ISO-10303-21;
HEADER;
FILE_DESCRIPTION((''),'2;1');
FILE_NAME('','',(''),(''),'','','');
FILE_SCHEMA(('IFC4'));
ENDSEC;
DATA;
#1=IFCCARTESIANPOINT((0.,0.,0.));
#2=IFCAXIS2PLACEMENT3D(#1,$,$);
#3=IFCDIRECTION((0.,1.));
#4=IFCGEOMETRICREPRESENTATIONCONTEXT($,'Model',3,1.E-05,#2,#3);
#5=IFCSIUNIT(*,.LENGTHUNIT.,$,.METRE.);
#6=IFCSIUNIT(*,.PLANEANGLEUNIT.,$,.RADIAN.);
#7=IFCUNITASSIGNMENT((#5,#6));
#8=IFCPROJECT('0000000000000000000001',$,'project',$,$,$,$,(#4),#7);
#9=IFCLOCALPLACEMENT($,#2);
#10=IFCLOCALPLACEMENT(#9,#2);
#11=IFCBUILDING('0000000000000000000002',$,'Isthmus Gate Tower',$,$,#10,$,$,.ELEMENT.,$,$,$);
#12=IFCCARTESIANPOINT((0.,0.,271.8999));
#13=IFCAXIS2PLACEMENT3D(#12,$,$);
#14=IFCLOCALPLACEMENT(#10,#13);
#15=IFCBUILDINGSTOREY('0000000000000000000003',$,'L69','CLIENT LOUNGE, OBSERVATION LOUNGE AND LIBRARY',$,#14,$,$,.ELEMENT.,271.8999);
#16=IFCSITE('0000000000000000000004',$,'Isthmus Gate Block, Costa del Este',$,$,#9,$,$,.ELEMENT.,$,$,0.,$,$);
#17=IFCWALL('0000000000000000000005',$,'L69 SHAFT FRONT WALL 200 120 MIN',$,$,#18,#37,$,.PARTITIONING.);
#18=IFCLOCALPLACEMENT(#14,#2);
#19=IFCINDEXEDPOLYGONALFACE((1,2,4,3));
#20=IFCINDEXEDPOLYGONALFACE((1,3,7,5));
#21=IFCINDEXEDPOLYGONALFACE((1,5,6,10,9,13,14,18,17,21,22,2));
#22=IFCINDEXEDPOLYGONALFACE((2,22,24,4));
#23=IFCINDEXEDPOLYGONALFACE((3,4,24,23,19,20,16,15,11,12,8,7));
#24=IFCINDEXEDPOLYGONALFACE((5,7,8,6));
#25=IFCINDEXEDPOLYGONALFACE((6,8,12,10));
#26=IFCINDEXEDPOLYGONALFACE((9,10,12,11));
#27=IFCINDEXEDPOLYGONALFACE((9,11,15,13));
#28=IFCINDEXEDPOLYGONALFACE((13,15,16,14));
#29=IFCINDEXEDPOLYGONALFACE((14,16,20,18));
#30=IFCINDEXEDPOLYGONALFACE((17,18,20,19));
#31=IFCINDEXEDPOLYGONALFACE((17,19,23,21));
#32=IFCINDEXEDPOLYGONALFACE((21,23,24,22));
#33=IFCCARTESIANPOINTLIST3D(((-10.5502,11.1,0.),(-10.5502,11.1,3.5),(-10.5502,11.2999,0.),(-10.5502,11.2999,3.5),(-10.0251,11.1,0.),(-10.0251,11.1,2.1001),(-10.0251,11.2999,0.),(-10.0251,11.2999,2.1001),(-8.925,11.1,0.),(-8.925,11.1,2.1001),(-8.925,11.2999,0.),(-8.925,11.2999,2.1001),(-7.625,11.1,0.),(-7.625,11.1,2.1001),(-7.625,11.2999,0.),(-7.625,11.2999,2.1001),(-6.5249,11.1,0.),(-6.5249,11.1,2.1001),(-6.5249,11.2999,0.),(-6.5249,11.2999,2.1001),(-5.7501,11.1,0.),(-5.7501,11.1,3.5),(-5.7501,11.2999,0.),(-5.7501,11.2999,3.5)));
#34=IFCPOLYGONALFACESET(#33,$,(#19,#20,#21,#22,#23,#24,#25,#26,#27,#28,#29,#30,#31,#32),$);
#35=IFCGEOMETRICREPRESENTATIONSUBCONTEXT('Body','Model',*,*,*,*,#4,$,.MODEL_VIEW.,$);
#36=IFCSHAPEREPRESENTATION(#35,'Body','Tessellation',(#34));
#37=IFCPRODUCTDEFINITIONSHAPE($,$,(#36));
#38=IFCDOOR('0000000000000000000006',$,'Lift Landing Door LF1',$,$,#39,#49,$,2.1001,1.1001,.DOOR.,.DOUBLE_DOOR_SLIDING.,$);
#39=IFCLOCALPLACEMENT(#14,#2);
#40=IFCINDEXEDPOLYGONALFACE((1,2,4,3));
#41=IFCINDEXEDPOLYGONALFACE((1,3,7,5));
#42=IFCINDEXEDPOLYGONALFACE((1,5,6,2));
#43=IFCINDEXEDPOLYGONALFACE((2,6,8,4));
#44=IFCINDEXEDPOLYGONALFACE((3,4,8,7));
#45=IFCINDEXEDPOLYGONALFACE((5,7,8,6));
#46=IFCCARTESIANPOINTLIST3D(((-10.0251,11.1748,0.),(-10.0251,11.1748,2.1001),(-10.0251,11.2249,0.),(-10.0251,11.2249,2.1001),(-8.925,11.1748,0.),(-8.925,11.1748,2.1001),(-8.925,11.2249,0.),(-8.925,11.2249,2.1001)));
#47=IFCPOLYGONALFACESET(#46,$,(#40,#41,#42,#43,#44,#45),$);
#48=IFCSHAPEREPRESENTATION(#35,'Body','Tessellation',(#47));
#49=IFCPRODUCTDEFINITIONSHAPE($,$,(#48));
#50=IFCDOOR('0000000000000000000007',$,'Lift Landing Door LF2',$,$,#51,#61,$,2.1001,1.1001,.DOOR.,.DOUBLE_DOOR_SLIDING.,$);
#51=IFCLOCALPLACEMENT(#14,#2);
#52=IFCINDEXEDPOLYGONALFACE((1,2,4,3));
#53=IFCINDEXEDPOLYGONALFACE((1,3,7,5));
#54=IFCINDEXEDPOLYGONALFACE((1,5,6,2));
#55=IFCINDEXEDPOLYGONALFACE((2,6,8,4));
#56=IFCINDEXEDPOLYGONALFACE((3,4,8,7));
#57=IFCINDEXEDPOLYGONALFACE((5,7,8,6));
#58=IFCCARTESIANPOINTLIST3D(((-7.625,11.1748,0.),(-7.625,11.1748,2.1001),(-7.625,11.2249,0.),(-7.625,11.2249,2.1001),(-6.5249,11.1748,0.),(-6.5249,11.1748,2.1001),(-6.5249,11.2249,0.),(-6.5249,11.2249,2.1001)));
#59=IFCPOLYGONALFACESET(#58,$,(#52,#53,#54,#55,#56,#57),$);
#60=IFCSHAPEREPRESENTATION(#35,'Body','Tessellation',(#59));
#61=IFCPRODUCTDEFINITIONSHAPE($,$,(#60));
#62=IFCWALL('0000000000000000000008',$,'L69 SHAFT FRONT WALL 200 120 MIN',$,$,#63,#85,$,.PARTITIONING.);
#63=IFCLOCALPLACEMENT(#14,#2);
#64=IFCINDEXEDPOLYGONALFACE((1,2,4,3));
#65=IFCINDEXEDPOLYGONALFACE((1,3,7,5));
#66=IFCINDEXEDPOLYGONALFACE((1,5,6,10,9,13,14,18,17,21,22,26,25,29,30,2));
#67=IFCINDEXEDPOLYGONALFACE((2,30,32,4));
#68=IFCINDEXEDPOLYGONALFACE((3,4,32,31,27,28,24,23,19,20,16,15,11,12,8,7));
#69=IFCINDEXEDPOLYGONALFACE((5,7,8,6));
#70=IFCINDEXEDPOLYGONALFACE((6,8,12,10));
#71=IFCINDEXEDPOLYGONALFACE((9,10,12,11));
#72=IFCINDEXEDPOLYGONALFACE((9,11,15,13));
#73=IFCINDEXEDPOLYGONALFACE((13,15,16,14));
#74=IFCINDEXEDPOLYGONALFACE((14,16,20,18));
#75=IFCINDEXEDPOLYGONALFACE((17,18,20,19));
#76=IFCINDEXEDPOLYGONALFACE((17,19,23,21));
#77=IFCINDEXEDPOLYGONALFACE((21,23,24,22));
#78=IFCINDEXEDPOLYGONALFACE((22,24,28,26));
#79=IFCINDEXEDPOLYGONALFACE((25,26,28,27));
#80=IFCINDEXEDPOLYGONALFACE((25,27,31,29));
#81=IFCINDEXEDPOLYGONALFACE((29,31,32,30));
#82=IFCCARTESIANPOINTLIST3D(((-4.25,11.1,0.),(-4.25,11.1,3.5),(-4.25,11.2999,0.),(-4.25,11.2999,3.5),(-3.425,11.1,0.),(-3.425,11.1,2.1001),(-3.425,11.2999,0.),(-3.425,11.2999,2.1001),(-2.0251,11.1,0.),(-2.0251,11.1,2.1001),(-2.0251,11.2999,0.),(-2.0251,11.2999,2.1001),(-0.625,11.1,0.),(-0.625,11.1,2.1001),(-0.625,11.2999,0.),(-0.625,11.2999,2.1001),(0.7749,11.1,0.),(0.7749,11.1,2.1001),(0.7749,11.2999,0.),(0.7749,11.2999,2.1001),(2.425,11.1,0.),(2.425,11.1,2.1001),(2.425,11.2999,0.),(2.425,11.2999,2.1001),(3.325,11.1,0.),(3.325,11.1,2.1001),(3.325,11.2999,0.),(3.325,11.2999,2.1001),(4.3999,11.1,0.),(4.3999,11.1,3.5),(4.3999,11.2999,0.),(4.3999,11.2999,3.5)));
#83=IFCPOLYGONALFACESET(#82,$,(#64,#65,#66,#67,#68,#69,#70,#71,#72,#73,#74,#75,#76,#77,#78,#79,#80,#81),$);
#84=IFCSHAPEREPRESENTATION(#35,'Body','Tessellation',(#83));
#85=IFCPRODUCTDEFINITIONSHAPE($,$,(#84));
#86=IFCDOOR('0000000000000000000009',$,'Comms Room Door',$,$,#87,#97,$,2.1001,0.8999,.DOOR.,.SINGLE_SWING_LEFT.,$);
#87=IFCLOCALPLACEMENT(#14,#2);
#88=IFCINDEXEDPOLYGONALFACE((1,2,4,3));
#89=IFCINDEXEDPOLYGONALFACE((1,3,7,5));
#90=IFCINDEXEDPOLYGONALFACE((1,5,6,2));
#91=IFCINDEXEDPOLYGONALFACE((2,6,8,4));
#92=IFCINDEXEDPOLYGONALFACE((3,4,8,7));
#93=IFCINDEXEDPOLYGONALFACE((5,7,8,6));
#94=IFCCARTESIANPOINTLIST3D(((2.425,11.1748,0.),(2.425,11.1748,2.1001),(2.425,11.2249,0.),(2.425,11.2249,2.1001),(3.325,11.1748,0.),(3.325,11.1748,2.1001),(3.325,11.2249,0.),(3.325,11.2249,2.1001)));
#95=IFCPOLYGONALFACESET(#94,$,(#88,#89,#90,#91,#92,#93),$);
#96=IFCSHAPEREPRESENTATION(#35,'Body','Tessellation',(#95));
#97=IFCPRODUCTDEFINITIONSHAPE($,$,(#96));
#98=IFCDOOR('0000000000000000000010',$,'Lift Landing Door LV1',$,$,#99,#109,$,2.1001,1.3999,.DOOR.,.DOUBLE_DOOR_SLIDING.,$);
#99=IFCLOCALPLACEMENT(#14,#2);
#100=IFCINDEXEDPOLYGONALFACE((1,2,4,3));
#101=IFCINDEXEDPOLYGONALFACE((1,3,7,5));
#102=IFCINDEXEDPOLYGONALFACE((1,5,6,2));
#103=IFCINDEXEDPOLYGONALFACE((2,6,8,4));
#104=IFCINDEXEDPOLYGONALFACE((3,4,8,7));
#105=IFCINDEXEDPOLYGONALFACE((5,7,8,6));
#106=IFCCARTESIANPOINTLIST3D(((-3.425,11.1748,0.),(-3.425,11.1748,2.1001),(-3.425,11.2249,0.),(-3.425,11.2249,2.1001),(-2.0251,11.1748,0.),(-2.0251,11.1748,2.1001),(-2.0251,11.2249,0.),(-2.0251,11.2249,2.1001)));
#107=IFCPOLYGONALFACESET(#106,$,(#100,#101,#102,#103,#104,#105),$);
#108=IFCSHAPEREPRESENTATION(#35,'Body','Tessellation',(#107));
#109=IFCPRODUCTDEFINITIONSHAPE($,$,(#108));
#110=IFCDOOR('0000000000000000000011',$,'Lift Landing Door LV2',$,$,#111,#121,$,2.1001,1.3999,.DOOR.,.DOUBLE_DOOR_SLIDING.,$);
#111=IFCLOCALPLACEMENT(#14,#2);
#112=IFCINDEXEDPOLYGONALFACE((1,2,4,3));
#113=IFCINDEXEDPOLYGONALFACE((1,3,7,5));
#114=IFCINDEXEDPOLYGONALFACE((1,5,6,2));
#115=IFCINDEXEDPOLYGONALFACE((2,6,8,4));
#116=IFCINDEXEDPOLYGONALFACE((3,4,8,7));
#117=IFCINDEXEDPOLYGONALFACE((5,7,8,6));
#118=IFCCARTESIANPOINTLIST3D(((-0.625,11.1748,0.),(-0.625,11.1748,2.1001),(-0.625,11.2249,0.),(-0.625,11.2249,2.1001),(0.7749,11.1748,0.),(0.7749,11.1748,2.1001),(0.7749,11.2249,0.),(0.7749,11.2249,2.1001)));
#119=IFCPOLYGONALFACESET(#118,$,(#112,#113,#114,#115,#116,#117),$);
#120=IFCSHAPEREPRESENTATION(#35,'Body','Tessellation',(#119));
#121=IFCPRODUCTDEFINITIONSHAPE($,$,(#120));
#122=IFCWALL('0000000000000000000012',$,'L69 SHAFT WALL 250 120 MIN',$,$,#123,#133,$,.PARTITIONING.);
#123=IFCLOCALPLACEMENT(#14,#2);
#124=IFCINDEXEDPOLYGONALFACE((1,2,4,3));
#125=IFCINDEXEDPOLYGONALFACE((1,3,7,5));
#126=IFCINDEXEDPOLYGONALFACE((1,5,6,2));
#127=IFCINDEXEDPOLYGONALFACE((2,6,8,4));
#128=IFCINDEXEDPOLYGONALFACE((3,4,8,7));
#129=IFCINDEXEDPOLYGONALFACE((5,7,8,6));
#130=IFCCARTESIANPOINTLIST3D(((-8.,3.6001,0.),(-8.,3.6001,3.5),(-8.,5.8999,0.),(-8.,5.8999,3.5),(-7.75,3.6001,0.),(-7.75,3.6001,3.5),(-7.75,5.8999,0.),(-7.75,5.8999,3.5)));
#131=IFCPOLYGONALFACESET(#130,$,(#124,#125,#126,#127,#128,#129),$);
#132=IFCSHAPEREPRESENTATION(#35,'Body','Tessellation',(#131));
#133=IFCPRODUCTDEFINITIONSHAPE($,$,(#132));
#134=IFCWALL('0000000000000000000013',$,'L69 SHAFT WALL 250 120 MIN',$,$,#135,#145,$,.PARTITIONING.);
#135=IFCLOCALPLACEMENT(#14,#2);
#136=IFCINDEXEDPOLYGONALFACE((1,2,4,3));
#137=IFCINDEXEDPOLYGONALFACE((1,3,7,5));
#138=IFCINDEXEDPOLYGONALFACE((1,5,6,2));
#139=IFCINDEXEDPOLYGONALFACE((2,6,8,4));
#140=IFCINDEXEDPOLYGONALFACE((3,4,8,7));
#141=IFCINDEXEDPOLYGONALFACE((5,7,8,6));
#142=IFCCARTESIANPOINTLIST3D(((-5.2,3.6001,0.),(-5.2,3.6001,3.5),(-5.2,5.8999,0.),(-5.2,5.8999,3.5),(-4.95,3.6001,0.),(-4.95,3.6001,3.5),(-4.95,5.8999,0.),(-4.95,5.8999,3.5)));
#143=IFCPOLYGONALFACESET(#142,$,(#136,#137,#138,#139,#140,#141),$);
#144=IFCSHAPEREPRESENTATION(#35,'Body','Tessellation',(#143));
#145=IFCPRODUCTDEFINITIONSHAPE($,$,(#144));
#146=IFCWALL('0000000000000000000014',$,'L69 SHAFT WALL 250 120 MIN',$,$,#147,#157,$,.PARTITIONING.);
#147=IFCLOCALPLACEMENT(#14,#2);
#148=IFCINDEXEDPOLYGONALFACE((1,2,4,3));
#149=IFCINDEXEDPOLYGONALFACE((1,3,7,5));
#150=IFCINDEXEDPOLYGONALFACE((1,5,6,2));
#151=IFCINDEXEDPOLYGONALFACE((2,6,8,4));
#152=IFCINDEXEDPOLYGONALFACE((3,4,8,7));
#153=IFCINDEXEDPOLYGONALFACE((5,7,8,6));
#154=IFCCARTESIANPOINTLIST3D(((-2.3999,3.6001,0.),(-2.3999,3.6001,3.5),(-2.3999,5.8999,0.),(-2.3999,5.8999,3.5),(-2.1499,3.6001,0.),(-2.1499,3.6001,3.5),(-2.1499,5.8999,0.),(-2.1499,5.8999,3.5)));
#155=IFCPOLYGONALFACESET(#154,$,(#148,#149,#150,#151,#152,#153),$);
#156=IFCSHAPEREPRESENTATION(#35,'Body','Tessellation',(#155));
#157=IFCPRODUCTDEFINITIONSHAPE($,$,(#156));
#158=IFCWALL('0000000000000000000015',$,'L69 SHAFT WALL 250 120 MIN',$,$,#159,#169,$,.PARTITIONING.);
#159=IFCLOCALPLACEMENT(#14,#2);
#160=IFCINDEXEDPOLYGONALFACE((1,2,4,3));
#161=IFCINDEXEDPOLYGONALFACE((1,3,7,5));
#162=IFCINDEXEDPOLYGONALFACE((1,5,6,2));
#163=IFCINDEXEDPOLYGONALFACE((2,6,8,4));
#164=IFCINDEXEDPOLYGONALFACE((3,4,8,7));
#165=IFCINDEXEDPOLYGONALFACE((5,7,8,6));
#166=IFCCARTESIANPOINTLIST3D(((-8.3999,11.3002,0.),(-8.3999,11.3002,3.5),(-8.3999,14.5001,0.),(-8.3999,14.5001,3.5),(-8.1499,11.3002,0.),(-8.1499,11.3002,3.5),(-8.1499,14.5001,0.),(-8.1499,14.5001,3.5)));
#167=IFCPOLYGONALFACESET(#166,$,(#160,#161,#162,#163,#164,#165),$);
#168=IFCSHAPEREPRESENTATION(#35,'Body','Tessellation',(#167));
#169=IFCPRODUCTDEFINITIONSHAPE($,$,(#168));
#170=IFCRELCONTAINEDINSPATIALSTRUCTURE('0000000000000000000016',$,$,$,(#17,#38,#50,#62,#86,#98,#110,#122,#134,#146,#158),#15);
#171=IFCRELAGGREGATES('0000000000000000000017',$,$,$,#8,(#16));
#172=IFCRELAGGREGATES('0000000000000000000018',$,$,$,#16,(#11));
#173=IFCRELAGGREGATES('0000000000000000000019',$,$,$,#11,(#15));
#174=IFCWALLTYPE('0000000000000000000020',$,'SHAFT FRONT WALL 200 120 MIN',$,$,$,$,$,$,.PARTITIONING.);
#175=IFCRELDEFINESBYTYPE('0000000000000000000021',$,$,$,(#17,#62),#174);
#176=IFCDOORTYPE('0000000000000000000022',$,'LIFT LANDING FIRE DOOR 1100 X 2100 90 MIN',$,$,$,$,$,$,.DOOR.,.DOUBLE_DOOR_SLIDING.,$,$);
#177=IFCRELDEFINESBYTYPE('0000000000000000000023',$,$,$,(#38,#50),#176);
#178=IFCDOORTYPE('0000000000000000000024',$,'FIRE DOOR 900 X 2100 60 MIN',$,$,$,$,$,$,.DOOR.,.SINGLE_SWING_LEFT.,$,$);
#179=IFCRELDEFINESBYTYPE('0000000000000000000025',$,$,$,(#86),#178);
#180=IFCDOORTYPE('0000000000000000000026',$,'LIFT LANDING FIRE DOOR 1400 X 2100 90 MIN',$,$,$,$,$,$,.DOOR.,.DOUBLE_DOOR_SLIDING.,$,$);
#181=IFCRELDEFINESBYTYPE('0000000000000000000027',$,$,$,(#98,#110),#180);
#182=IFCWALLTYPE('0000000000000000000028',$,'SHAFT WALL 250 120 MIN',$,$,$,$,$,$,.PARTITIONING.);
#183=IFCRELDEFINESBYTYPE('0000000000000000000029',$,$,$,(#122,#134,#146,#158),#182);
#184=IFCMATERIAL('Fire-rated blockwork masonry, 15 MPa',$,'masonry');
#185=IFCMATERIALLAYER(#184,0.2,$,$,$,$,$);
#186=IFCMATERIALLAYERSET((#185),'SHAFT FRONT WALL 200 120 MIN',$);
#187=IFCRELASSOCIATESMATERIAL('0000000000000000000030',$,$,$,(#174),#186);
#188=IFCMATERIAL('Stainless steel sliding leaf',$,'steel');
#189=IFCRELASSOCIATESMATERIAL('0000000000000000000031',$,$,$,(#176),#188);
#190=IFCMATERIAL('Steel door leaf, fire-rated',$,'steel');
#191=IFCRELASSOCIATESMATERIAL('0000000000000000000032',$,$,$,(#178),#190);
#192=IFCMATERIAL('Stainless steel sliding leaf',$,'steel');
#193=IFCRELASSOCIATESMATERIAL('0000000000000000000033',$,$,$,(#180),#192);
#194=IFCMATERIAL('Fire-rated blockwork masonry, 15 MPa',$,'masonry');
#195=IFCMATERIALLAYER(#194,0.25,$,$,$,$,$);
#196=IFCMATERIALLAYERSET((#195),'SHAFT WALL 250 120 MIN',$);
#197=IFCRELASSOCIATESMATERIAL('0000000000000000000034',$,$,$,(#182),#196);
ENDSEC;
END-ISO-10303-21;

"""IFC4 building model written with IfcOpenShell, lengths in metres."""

from ifc_helpers import new_model, si_unit, direction, frame, frame_2d, origin, place, context, subcontext, project, spatial, rectangle, extrude, material, layer, layer_set, type_object, element, fill, save


model = new_model("IFC4")

# Units and contexts
model_context = context("Model", 3, precision=1e-05, world=origin(), true_north=direction((0.0, 1.0)))
body_context = subcontext(model_context, "Body", "Model", "MODEL_VIEW")
ifc_project = project(units=[si_unit("LENGTHUNIT", "METRE"), si_unit("PLANEANGLEUNIT", "RADIAN")], contexts=[model_context])

# Site, building, storey
site_placement = place(None, origin())
site = spatial("IfcSite", under=ifc_project, at=site_placement, Name="Isthmus Gate Block, Costa del Este", CompositionType="ELEMENT", RefElevation=0.0)
building_placement = place(site_placement, origin())
building = spatial("IfcBuilding", under=site, at=building_placement, Name="Isthmus Gate Tower", CompositionType="ELEMENT")
storey_placement = place(building_placement, frame((0.0, 0.0, 271.8999)))
storey = spatial("IfcBuildingStorey", under=building, at=storey_placement, Name="L69", Description="CLIENT LOUNGE, OBSERVATION LOUNGE AND LIBRARY", CompositionType="ELEMENT", Elevation=271.8999)

# Walls, openings, doors
ifc_material_1 = material(Name="Fire-rated blockwork masonry, 15 MPa", Category="masonry")
ifc_layer_1 = layer(ifc_material_1, 0.2)
ifc_layer_set_1 = layer_set([ifc_layer_1], Name="SHAFT FRONT WALL 200 120 MIN")
wall_type_1 = type_object("IfcWallType", Name="SHAFT FRONT WALL 200 120 MIN", PredefinedType="PARTITIONING", material=ifc_layer_set_1)
wall_1_placement = place(storey_placement, frame((-10.55, 11.2, 0.0), z_axis=(0.0, 0.0, 1.0), x_axis=(1.0, 0.0, 0.0)))
wall_1 = element("IfcWall", 1, at=wall_1_placement, inside=storey, type_object=wall_type_1, Name="L69 SHAFT FRONT WALL 200 120 MIN", PredefinedType="PARTITIONING", context=body_context, shape_type="SweptSolid", body=[
    extrude(rectangle(XDim=4.8, YDim=0.2, at=frame_2d((2.3999, 0.0))), origin(), (0.0, 0.0, 1.0), 3.5),
])
opening_1_placement = place(wall_1_placement, frame((0.5249, 0.0, 0.0)))
opening_1 = element("IfcOpeningElement", 2, at=opening_1_placement, cuts=wall_1, PredefinedType="OPENING", context=body_context, shape_type="SweptSolid", body=[
    extrude(rectangle(XDim=1.1001, YDim=2.1001, at=frame_2d((0.55, 1.05))), frame((0.0, 0.1099, 0.0), z_axis=(0.0, -1.0, 0.0), x_axis=(1.0, 0.0, 0.0)), (0.0, 0.0, 1.0), 0.22),
])
opening_2_placement = place(wall_1_placement, frame((2.925, 0.0, 0.0)))
opening_2 = element("IfcOpeningElement", 3, at=opening_2_placement, cuts=wall_1, PredefinedType="OPENING", context=body_context, shape_type="SweptSolid", body=[
    extrude(rectangle(XDim=1.1001, YDim=2.1001, at=frame_2d((0.55, 1.05))), frame((0.0, 0.1099, 0.0), z_axis=(0.0, -1.0, 0.0), x_axis=(1.0, 0.0, 0.0)), (0.0, 0.0, 1.0), 0.22),
])
ifc_material_2 = material(Name="Stainless steel sliding leaf", Category="steel")
door_type_1 = type_object("IfcDoorType", Name="LIFT LANDING FIRE DOOR 1100 X 2100 90 MIN", OperationType="DOUBLE_DOOR_SLIDING", PredefinedType="DOOR", material=ifc_material_2)
door_1_placement = place(opening_1_placement, origin())
door_1 = element("IfcDoor", 4, at=door_1_placement, inside=storey, type_object=door_type_1, Name="Lift Landing Door LF1", OperationType="DOUBLE_DOOR_SLIDING", OverallHeight=2.1001, OverallWidth=1.1001, PredefinedType="DOOR", context=body_context, shape_type="SweptSolid", body=[
    extrude(rectangle(XDim=1.1001, YDim=2.1001, at=frame_2d((0.55, 1.05))), frame((0.0, 0.0249, 0.0), z_axis=(0.0, -1.0, 0.0), x_axis=(1.0, 0.0, 0.0)), (0.0, 0.0, 1.0), 0.05),
])
fill(opening_1, door_1)
door_2_placement = place(opening_2_placement, origin())
door_2 = element("IfcDoor", 5, at=door_2_placement, inside=storey, type_object=door_type_1, Name="Lift Landing Door LF2", OperationType="DOUBLE_DOOR_SLIDING", OverallHeight=2.1001, OverallWidth=1.1001, PredefinedType="DOOR", context=body_context, shape_type="SweptSolid", body=[
    extrude(rectangle(XDim=1.1001, YDim=2.1001, at=frame_2d((0.55, 1.05))), frame((0.0, 0.0249, 0.0), z_axis=(0.0, -1.0, 0.0), x_axis=(1.0, 0.0, 0.0)), (0.0, 0.0, 1.0), 0.05),
])
fill(opening_2, door_2)
wall_2_placement = place(storey_placement, frame((-4.25, 11.2, 0.0), z_axis=(0.0, 0.0, 1.0), x_axis=(1.0, 0.0, 0.0)))
wall_2 = element("IfcWall", 6, at=wall_2_placement, inside=storey, type_object=wall_type_1, Name="L69 SHAFT FRONT WALL 200 120 MIN", PredefinedType="PARTITIONING", context=body_context, shape_type="SweptSolid", body=[
    extrude(rectangle(XDim=8.6499, YDim=0.2, at=frame_2d((4.325, 0.0))), origin(), (0.0, 0.0, 1.0), 3.5),
])
opening_3_placement = place(wall_2_placement, frame((0.825, 0.0, 0.0)))
opening_3 = element("IfcOpeningElement", 7, at=opening_3_placement, cuts=wall_2, PredefinedType="OPENING", context=body_context, shape_type="SweptSolid", body=[
    extrude(rectangle(XDim=1.3999, YDim=2.1001, at=frame_2d((0.7, 1.05))), frame((0.0, 0.1099, 0.0), z_axis=(0.0, -1.0, 0.0), x_axis=(1.0, 0.0, 0.0)), (0.0, 0.0, 1.0), 0.22),
])
opening_4_placement = place(wall_2_placement, frame((3.625, 0.0, 0.0)))
opening_4 = element("IfcOpeningElement", 8, at=opening_4_placement, cuts=wall_2, PredefinedType="OPENING", context=body_context, shape_type="SweptSolid", body=[
    extrude(rectangle(XDim=1.3999, YDim=2.1001, at=frame_2d((0.7, 1.05))), frame((0.0, 0.1099, 0.0), z_axis=(0.0, -1.0, 0.0), x_axis=(1.0, 0.0, 0.0)), (0.0, 0.0, 1.0), 0.22),
])
opening_5_placement = place(wall_2_placement, frame((6.675, 0.0, 0.0)))
opening_5 = element("IfcOpeningElement", 9, at=opening_5_placement, cuts=wall_2, PredefinedType="OPENING", context=body_context, shape_type="SweptSolid", body=[
    extrude(rectangle(XDim=0.8999, YDim=2.1001, at=frame_2d((0.45, 1.05))), frame((0.0, 0.1099, 0.0), z_axis=(0.0, -1.0, 0.0), x_axis=(1.0, 0.0, 0.0)), (0.0, 0.0, 1.0), 0.22),
])
ifc_material_3 = material(Name="Steel door leaf, fire-rated", Category="steel")
door_type_2 = type_object("IfcDoorType", Name="FIRE DOOR 900 X 2100 60 MIN", OperationType="SINGLE_SWING_LEFT", PredefinedType="DOOR", material=ifc_material_3)
door_3_placement = place(opening_5_placement, origin())
door_3 = element("IfcDoor", 10, at=door_3_placement, inside=storey, type_object=door_type_2, Name="Comms Room Door", OperationType="SINGLE_SWING_LEFT", OverallHeight=2.1001, OverallWidth=0.8999, PredefinedType="DOOR", context=body_context, shape_type="SweptSolid", body=[
    extrude(rectangle(XDim=0.8999, YDim=2.1001, at=frame_2d((0.45, 1.05))), frame((0.0, 0.0249, 0.0), z_axis=(0.0, -1.0, 0.0), x_axis=(1.0, 0.0, 0.0)), (0.0, 0.0, 1.0), 0.05),
])
fill(opening_5, door_3)
ifc_material_4 = material(Name="Stainless steel sliding leaf", Category="steel")
door_type_3 = type_object("IfcDoorType", Name="LIFT LANDING FIRE DOOR 1400 X 2100 90 MIN", OperationType="DOUBLE_DOOR_SLIDING", PredefinedType="DOOR", material=ifc_material_4)
door_4_placement = place(opening_3_placement, origin())
door_4 = element("IfcDoor", 11, at=door_4_placement, inside=storey, type_object=door_type_3, Name="Lift Landing Door LV1", OperationType="DOUBLE_DOOR_SLIDING", OverallHeight=2.1001, OverallWidth=1.3999, PredefinedType="DOOR", context=body_context, shape_type="SweptSolid", body=[
    extrude(rectangle(XDim=1.3999, YDim=2.1001, at=frame_2d((0.7, 1.05))), frame((0.0, 0.0249, 0.0), z_axis=(0.0, -1.0, 0.0), x_axis=(1.0, 0.0, 0.0)), (0.0, 0.0, 1.0), 0.05),
])
fill(opening_3, door_4)
door_5_placement = place(opening_4_placement, origin())
door_5 = element("IfcDoor", 12, at=door_5_placement, inside=storey, type_object=door_type_3, Name="Lift Landing Door LV2", OperationType="DOUBLE_DOOR_SLIDING", OverallHeight=2.1001, OverallWidth=1.3999, PredefinedType="DOOR", context=body_context, shape_type="SweptSolid", body=[
    extrude(rectangle(XDim=1.3999, YDim=2.1001, at=frame_2d((0.7, 1.05))), frame((0.0, 0.0249, 0.0), z_axis=(0.0, -1.0, 0.0), x_axis=(1.0, 0.0, 0.0)), (0.0, 0.0, 1.0), 0.05),
])
fill(opening_4, door_5)

# Walls
ifc_material_5 = material(Name="Fire-rated blockwork masonry, 15 MPa", Category="masonry")
ifc_layer_2 = layer(ifc_material_5, 0.25)
ifc_layer_set_2 = layer_set([ifc_layer_2], Name="SHAFT WALL 250 120 MIN")
wall_type_2 = type_object("IfcWallType", Name="SHAFT WALL 250 120 MIN", PredefinedType="PARTITIONING", material=ifc_layer_set_2)
for number, where, z_axis, x_axis, name in (
    (13, (-7.875, 3.6001, 0.0), (0.0, 0.0, 1.0), (0.0, 1.0, 0.0), "L69 SHAFT WALL 250 120 MIN"),
    (14, (-5.075, 3.6001, 0.0), (0.0, 0.0, 1.0), (0.0, 1.0, 0.0), "L69 SHAFT WALL 250 120 MIN"),
    (15, (-2.2749, 3.6001, 0.0), (0.0, 0.0, 1.0), (0.0, 1.0, 0.0), "L69 SHAFT WALL 250 120 MIN"),
):
    element("IfcWall", number, at=place(storey_placement, frame(where, z_axis=z_axis, x_axis=x_axis)), inside=storey, type_object=wall_type_2, Name=name, PredefinedType="PARTITIONING", context=body_context, shape_type="SweptSolid", body=[
        extrude(rectangle(XDim=2.2998, YDim=0.25, at=frame_2d((1.1499, 0.0))), origin(), (0.0, 0.0, 1.0), 3.5),
    ])
for number, where, z_axis, x_axis, name in (
    (16, (-8.2749, 11.3, 0.0), (0.0, 0.0, 1.0), (0.0, 1.0, 0.0), "L69 SHAFT WALL 250 120 MIN"),
):
    element("IfcWall", number, at=place(storey_placement, frame(where, z_axis=z_axis, x_axis=x_axis)), inside=storey, type_object=wall_type_2, Name=name, PredefinedType="PARTITIONING", context=body_context, shape_type="SweptSolid", body=[
        extrude(rectangle(XDim=3.2, YDim=0.25, at=frame_2d((1.6001, 0.0))), origin(), (0.0, 0.0, 1.0), 3.5),
    ])

save(model, "model.ifc")
